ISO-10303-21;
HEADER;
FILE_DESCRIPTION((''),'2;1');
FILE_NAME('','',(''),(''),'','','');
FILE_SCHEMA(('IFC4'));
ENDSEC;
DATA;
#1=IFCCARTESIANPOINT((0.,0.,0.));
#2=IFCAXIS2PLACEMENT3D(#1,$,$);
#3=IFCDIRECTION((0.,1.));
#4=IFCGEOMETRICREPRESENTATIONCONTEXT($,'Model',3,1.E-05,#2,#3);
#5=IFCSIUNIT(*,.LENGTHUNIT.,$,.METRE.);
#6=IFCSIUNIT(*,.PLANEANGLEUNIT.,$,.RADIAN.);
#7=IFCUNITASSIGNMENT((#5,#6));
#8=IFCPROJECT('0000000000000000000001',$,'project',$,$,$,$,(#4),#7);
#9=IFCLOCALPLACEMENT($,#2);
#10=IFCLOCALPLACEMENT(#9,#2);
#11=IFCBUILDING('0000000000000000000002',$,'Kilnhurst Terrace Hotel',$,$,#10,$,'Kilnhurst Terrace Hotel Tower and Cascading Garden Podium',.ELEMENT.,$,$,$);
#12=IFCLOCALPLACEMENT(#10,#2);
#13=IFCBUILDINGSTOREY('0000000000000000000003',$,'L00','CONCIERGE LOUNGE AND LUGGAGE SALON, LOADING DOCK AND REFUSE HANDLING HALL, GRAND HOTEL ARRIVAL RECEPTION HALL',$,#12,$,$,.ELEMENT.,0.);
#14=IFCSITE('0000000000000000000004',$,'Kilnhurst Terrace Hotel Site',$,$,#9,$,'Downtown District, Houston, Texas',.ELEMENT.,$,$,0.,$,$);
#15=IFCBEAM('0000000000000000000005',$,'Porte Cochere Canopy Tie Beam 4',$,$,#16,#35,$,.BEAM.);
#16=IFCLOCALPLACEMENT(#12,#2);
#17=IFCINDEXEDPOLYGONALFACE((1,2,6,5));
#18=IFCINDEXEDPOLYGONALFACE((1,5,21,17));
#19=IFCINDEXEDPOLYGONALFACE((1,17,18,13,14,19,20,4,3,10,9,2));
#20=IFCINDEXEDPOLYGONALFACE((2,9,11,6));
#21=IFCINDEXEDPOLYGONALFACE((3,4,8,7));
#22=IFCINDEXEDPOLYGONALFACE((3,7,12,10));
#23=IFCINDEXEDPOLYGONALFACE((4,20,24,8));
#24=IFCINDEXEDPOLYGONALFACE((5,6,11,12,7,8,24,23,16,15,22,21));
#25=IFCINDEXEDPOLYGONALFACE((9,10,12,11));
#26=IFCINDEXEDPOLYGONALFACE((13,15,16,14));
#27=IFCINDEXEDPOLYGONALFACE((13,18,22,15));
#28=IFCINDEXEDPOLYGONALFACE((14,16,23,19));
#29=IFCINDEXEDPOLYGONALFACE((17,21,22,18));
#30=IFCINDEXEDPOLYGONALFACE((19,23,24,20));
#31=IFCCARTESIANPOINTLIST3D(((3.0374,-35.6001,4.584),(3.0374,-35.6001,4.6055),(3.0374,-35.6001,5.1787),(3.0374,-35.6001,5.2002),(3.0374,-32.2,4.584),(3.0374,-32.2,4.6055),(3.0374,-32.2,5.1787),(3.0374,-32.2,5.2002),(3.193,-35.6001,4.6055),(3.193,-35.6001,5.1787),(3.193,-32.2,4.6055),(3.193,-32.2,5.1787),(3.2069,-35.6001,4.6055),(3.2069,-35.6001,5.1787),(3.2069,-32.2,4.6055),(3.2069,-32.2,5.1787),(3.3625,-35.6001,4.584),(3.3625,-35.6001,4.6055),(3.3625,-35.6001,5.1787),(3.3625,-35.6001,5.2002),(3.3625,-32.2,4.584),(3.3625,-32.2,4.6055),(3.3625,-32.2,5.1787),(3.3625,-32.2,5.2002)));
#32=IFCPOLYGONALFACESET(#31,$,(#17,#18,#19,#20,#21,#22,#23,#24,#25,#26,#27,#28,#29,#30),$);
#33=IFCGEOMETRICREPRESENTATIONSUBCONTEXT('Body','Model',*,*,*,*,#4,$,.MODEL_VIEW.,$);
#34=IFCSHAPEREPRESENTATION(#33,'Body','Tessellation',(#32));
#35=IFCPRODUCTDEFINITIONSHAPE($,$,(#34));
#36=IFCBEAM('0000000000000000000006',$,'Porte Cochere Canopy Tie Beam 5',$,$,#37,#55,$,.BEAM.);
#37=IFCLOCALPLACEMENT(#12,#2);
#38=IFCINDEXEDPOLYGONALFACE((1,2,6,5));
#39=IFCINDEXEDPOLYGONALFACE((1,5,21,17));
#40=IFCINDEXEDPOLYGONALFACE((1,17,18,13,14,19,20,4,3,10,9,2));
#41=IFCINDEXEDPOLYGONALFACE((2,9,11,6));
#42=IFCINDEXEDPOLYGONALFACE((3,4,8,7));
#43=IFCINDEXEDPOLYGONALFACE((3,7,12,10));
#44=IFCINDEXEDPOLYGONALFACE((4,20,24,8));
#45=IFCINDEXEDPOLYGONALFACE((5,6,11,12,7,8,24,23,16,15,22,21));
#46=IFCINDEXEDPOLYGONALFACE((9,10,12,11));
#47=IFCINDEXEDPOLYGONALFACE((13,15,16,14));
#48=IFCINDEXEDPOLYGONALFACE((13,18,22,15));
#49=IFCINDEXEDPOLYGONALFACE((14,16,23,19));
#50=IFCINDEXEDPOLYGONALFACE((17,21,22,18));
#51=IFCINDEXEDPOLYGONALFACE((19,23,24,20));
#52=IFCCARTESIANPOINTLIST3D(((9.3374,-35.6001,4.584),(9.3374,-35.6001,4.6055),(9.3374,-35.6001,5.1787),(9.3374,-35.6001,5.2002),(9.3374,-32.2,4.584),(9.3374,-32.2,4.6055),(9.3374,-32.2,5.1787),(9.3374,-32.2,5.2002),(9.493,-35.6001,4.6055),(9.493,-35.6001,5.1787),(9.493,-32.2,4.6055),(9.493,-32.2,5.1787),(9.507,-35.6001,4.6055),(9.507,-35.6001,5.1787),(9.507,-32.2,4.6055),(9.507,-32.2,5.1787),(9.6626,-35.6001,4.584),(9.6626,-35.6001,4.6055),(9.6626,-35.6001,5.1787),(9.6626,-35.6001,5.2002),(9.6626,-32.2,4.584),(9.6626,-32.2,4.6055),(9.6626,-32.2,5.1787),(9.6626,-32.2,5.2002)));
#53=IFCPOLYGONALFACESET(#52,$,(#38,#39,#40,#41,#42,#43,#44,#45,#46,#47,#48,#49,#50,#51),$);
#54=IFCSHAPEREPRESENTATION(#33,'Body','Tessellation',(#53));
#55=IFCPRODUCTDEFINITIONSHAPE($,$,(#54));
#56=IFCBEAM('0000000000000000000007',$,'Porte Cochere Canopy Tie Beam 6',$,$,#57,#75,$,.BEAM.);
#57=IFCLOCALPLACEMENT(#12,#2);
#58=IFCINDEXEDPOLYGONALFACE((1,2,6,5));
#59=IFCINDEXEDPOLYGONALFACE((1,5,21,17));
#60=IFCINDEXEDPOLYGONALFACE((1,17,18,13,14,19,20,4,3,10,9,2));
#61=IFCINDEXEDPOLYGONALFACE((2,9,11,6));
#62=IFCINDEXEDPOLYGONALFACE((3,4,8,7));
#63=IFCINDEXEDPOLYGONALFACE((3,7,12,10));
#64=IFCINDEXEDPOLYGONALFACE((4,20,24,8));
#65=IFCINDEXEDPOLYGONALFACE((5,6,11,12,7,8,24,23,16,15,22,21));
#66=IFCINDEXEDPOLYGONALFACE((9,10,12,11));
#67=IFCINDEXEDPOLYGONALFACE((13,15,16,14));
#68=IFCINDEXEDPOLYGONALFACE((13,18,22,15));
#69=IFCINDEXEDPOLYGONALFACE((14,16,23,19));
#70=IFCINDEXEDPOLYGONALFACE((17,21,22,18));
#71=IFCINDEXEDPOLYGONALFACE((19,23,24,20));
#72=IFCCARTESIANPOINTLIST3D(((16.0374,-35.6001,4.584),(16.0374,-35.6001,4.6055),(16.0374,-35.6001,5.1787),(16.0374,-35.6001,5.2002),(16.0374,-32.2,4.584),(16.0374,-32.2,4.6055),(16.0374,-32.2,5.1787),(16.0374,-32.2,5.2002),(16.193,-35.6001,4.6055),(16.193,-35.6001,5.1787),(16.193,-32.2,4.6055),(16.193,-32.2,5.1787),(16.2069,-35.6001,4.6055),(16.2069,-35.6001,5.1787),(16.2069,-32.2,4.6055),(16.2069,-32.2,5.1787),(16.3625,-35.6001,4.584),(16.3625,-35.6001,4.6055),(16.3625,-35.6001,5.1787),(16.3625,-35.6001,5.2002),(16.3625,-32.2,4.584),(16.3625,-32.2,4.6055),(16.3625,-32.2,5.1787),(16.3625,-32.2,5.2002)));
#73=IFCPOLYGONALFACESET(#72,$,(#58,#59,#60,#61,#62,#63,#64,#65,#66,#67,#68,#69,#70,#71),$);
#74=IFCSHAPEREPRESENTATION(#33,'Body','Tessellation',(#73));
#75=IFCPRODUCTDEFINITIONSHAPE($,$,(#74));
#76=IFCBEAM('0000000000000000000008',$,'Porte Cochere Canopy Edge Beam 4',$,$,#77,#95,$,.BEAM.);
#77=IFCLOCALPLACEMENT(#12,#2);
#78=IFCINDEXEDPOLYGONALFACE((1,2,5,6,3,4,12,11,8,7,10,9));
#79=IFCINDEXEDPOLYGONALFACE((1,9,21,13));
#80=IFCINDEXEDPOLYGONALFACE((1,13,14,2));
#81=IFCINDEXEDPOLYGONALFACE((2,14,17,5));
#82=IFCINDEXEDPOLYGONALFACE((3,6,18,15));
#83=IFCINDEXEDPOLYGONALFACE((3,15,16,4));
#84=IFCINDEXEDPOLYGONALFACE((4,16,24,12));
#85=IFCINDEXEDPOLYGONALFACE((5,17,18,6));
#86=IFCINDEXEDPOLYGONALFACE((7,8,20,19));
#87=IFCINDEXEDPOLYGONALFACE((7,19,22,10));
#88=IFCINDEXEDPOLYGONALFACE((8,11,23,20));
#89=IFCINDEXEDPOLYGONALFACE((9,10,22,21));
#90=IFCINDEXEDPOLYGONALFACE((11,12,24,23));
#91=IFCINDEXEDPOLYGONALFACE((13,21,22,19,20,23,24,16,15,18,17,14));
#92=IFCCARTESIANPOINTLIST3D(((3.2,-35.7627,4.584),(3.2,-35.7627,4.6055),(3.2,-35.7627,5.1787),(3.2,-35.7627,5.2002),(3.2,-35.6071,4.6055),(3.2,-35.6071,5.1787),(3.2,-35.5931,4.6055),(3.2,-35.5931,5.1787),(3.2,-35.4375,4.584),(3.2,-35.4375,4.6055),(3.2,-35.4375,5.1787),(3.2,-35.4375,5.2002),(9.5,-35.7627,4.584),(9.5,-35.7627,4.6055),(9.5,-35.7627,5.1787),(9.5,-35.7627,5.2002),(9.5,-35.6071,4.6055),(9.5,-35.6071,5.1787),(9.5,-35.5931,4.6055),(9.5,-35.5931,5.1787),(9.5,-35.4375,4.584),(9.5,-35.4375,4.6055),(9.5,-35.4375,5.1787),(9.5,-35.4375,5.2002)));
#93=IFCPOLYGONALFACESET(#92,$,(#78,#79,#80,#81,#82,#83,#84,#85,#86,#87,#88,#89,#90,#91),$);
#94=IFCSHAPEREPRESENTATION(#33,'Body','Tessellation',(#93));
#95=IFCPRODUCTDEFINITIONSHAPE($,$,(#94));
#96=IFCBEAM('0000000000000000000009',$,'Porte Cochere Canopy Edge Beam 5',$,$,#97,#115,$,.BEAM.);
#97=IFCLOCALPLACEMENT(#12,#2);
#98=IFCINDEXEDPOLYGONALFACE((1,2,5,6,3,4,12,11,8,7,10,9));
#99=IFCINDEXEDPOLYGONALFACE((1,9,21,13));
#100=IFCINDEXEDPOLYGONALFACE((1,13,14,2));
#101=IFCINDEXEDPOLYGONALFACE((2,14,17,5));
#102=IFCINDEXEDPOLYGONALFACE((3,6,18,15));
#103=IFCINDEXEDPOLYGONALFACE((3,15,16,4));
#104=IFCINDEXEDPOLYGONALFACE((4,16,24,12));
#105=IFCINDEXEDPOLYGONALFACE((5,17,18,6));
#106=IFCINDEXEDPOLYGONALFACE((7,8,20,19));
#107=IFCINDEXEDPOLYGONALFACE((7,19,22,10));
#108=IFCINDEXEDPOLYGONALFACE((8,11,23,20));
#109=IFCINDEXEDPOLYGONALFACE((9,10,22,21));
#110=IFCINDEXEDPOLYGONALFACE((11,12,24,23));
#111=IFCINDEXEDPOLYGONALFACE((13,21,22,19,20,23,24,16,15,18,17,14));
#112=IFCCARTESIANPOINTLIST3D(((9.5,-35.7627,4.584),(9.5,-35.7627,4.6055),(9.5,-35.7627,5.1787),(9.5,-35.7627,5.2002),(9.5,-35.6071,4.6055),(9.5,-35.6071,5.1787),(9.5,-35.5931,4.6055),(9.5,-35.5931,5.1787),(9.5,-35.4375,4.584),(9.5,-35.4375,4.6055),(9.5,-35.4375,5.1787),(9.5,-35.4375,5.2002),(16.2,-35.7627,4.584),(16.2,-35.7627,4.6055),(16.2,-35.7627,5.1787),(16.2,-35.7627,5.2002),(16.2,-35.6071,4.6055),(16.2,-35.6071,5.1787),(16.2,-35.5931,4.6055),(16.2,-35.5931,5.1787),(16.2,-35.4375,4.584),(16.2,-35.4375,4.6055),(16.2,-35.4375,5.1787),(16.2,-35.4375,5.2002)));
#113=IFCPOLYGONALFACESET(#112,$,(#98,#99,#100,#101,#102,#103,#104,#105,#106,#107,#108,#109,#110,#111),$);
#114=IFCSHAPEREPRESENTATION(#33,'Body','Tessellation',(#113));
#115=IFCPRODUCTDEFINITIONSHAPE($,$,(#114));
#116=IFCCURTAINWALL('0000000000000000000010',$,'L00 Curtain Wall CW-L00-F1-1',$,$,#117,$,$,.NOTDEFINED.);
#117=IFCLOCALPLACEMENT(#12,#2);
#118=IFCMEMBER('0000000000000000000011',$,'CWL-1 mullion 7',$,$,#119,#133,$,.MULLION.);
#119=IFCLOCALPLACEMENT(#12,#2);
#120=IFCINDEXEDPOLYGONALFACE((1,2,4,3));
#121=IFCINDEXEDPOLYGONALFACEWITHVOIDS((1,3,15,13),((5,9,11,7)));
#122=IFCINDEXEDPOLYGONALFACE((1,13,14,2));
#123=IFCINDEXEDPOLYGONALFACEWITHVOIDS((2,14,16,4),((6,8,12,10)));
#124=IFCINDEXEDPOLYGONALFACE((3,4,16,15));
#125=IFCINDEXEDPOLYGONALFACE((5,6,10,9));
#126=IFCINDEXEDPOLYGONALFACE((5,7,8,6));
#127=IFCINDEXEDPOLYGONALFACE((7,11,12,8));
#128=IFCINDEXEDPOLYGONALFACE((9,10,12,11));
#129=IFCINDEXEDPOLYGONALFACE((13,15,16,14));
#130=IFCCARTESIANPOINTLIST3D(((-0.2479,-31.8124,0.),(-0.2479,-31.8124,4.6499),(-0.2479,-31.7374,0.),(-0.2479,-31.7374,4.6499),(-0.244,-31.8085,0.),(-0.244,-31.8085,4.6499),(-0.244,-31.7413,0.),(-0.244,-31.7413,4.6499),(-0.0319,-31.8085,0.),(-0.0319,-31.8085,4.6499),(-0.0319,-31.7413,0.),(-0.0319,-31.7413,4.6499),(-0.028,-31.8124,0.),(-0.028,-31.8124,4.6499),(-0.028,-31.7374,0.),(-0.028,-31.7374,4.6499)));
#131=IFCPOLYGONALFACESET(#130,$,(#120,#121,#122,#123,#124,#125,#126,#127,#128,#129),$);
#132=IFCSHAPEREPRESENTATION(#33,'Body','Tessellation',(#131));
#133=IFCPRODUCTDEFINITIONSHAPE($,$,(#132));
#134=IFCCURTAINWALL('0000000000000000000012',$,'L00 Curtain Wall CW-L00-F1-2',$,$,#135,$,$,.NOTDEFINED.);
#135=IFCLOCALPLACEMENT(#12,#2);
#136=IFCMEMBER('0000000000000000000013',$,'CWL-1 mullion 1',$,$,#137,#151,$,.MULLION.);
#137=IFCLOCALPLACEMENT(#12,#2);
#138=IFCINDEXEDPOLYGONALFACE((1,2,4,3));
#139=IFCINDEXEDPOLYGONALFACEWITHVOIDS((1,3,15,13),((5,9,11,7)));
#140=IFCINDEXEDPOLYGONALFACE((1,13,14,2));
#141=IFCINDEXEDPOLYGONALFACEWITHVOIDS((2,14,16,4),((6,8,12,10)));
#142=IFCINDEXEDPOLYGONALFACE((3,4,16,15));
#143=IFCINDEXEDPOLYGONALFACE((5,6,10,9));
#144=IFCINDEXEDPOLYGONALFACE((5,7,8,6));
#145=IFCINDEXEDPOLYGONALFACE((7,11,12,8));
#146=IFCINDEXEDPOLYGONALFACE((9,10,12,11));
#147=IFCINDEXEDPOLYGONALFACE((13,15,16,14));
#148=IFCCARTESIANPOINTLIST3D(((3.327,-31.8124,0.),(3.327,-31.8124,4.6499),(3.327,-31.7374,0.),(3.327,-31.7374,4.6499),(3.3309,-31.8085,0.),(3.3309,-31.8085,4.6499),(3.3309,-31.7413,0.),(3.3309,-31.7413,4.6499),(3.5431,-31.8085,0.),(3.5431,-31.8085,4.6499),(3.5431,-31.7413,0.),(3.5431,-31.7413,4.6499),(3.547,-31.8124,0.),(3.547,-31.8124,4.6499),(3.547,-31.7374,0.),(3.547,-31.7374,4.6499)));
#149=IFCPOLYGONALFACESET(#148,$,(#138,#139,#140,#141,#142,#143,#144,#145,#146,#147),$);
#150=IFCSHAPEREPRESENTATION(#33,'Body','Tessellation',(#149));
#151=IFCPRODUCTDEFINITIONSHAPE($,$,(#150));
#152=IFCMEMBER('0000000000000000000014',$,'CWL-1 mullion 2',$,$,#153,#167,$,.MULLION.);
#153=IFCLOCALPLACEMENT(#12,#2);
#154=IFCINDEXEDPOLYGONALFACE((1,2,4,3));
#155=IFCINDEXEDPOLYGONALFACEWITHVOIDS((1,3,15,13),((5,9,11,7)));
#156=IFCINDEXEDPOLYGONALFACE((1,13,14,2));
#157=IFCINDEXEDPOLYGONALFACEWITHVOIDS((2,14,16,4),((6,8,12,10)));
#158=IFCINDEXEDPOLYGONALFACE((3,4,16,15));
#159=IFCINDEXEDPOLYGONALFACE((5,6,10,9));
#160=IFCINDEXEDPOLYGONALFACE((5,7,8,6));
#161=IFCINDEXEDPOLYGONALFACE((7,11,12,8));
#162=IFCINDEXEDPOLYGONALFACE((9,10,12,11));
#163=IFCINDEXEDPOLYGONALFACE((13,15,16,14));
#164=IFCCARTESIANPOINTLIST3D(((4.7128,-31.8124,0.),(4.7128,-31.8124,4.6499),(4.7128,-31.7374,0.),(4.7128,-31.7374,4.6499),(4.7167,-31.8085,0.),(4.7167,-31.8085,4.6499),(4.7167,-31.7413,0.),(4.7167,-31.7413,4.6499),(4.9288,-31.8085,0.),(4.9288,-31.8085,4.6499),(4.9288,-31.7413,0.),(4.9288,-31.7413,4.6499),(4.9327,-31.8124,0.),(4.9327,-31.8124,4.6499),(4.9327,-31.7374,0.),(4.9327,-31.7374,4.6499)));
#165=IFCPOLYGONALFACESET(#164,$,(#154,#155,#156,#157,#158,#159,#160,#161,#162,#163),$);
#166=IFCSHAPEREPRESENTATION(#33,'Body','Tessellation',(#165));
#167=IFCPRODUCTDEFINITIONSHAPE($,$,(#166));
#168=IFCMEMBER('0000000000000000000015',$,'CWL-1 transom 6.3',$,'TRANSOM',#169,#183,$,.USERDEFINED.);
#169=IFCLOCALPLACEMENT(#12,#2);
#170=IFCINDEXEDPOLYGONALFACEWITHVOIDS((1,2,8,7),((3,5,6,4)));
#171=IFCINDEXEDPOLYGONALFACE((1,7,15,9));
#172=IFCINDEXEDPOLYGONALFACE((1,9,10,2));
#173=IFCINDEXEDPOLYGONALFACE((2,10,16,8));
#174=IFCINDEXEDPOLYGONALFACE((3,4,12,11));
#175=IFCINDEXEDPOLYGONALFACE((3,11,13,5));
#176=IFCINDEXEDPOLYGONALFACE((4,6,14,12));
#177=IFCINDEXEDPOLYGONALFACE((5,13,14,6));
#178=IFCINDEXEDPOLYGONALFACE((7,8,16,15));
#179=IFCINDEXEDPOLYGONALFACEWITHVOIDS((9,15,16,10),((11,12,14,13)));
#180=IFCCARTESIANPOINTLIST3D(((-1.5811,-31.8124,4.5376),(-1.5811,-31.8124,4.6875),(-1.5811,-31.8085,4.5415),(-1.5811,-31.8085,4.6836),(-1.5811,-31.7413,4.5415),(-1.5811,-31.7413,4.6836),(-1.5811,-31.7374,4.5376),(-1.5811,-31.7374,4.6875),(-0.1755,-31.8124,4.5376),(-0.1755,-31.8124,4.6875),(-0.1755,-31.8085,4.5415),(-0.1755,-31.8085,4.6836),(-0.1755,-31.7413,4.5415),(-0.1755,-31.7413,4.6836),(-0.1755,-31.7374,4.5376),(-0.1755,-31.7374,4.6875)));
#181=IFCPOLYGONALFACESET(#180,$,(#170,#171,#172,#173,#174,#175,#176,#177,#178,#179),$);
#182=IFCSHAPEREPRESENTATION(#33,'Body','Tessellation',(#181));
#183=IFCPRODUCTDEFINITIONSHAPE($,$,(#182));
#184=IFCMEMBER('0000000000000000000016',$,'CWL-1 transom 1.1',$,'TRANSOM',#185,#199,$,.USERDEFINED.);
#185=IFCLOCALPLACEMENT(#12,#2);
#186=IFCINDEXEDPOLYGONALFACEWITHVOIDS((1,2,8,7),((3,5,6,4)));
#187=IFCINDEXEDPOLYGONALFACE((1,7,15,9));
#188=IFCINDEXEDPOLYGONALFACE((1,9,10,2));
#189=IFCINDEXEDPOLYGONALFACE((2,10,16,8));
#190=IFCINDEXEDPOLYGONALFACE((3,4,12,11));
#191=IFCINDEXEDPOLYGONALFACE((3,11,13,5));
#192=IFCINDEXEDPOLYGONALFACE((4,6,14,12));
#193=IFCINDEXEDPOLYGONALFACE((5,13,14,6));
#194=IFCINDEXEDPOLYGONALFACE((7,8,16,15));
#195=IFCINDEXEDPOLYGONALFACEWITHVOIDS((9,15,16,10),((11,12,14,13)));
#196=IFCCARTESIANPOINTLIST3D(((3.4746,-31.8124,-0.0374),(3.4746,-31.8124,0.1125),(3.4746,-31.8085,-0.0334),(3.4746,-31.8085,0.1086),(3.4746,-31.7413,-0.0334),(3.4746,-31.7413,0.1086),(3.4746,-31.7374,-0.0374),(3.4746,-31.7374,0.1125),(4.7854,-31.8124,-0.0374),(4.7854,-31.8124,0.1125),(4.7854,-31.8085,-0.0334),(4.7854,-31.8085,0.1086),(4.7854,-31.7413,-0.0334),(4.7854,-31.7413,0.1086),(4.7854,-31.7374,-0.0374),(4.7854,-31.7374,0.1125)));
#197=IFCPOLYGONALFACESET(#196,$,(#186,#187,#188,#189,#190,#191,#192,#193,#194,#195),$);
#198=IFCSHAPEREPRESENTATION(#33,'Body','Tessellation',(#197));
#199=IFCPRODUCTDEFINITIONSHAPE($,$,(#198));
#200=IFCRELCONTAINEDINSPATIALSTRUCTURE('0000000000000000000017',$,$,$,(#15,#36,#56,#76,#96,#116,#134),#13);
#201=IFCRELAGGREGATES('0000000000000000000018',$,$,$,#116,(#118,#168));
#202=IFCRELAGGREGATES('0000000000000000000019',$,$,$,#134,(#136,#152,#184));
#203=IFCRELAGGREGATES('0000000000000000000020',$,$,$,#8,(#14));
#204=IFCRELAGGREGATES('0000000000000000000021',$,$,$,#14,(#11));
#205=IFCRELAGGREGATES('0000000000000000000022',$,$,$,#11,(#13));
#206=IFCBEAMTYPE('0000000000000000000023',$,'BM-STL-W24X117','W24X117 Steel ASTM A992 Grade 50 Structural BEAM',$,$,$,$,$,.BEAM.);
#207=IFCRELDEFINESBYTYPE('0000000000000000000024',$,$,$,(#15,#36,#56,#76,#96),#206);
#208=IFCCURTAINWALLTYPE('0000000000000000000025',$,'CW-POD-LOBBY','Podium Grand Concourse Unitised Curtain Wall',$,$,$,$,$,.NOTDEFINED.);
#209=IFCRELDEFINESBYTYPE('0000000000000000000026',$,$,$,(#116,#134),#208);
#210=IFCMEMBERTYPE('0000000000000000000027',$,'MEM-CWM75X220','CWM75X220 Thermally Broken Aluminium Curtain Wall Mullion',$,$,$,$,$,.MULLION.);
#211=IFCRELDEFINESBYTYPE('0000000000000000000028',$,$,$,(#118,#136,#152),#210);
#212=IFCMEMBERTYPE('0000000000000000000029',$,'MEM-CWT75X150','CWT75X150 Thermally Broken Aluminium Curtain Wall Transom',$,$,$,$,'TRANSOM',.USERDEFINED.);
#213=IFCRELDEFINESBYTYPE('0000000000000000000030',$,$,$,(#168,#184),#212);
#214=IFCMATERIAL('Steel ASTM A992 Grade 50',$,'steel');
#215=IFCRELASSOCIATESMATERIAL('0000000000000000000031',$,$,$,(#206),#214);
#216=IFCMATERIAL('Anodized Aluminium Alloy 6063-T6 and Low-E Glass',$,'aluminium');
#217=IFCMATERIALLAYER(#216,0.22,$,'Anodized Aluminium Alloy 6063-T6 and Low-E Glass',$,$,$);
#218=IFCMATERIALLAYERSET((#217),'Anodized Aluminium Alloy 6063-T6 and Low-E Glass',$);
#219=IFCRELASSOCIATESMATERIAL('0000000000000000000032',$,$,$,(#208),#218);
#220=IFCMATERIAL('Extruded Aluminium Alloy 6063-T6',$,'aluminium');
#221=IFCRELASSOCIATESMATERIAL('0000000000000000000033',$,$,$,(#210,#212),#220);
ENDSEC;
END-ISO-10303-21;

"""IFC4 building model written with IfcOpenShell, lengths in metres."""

from ifc_helpers import new_model, si_unit, direction, frame, origin, origin_2d, place, context, subcontext, project, spatial, hollow_rectangle, i_section, extrude, material, layer, layer_set, material_profile, profile_set, type_object, element, aggregate, save


model = new_model("IFC4")

# Units and contexts
model_context = context("Model", 3, precision=1e-05, world=origin(), true_north=direction((0.0, 1.0)))
body_context = subcontext(model_context, "Body", "Model", "MODEL_VIEW")
ifc_project = project(units=[si_unit("LENGTHUNIT", "METRE"), si_unit("PLANEANGLEUNIT", "RADIAN")], contexts=[model_context])

# Site, building, storey
site_placement = place(None, origin())
site = spatial("IfcSite", under=ifc_project, at=site_placement, Name="Kilnhurst Terrace Hotel Site", LongName="Downtown District, Houston, Texas", CompositionType="ELEMENT", RefElevation=0.0)
building_placement = place(site_placement, origin())
building = spatial("IfcBuilding", under=site, at=building_placement, Name="Kilnhurst Terrace Hotel", LongName="Kilnhurst Terrace Hotel Tower and Cascading Garden Podium", CompositionType="ELEMENT")
storey_placement = place(building_placement, origin())
storey = spatial("IfcBuildingStorey", under=building, at=storey_placement, Name="L00", Description="CONCIERGE LOUNGE AND LUGGAGE SALON, LOADING DOCK AND REFUSE HANDLING HALL, GRAND HOTEL ARRIVAL RECEPTION HALL", CompositionType="ELEMENT", Elevation=0.0)

# Beams
ifc_material_1 = material(Name="Steel ASTM A992 Grade 50", Category="steel")
ifc_material_profile_1 = material_profile(ifc_material_1, i_section(OverallWidth=0.3252, OverallDepth=0.6162, WebThickness=0.0139, FlangeThickness=0.0215, at=origin_2d()), Name="W24X117")
ifc_profile_set_1 = profile_set([ifc_material_profile_1], Name="Steel ASTM A992 Grade 50")
beam_type = type_object("IfcBeamType", Name="BM-STL-W24X117", Description="W24X117 Steel ASTM A992 Grade 50 Structural BEAM", PredefinedType="BEAM", material=ifc_profile_set_1)
for number, where, z_axis, x_axis, name in (
    (1, (3.2, -35.6001, 4.8921), (0.0, 1.0, 0.0), (-1.0, 0.0, 0.0), "Porte Cochere Canopy Tie Beam 4"),
    (2, (9.5, -35.6001, 4.8921), (0.0, 1.0, 0.0), (-1.0, 0.0, 0.0), "Porte Cochere Canopy Tie Beam 5"),
    (3, (16.2, -35.6001, 4.8921), (0.0, 1.0, 0.0), (-1.0, 0.0, 0.0), "Porte Cochere Canopy Tie Beam 6"),
):
    element("IfcBeam", number, at=place(storey_placement, frame(where, z_axis=z_axis, x_axis=x_axis)), inside=storey, type_object=beam_type, Name=name, PredefinedType="BEAM", context=body_context, shape_type="SweptSolid", body=[
        extrude(i_section(OverallWidth=0.3252, OverallDepth=0.6162, WebThickness=0.0139, FlangeThickness=0.0215, at=origin_2d()), origin(), (0.0, 0.0, 1.0), 3.4001),
    ])
beam_1_placement = place(storey_placement, frame((3.2, -35.6001, 4.8921), z_axis=(1.0, 0.0, 0.0), x_axis=(0.0, 1.0, 0.0)))
element("IfcBeam", 4, at=beam_1_placement, inside=storey, type_object=beam_type, Name="Porte Cochere Canopy Edge Beam 4", PredefinedType="BEAM", context=body_context, shape_type="SweptSolid", body=[
    extrude(i_section(OverallWidth=0.3252, OverallDepth=0.6162, WebThickness=0.0139, FlangeThickness=0.0215, at=origin_2d()), origin(), (0.0, 0.0, 1.0), 6.3),
])
beam_2_placement = place(storey_placement, frame((9.5, -35.6001, 4.8921), z_axis=(1.0, 0.0, 0.0), x_axis=(0.0, 1.0, 0.0)))
element("IfcBeam", 5, at=beam_2_placement, inside=storey, type_object=beam_type, Name="Porte Cochere Canopy Edge Beam 5", PredefinedType="BEAM", context=body_context, shape_type="SweptSolid", body=[
    extrude(i_section(OverallWidth=0.3252, OverallDepth=0.6162, WebThickness=0.0139, FlangeThickness=0.0215, at=origin_2d()), origin(), (0.0, 0.0, 1.0), 6.7),
])

# Curtain wall, member
ifc_material_2 = material(Name="Anodized Aluminium Alloy 6063-T6 and Low-E Glass", Category="aluminium")
ifc_layer_1 = layer(ifc_material_2, 0.22, Name="Anodized Aluminium Alloy 6063-T6 and Low-E Glass")
ifc_layer_set_1 = layer_set([ifc_layer_1], Name="Anodized Aluminium Alloy 6063-T6 and Low-E Glass")
curtain_wall_type = type_object("IfcCurtainWallType", Name="CW-POD-LOBBY", Description="Podium Grand Concourse Unitised Curtain Wall", PredefinedType="NOTDEFINED", material=ifc_layer_set_1)
curtain_wall_1_placement = place(storey_placement, origin())
curtain_wall_1 = element("IfcCurtainWall", 6, at=curtain_wall_1_placement, inside=storey, type_object=curtain_wall_type, Name="L00 Curtain Wall CW-L00-F1-1", PredefinedType="NOTDEFINED")
ifc_material_3 = material(Name="Extruded Aluminium Alloy 6063-T6", Category="aluminium")
ifc_material_profile_2 = material_profile(ifc_material_3, hollow_rectangle(XDim=0.075, YDim=0.22, WallThickness=0.0039, at=origin_2d()), Name="CWM75X220")
ifc_profile_set_2 = profile_set([ifc_material_profile_2], Name="Extruded Aluminium Alloy 6063-T6")
member_type_1 = type_object("IfcMemberType", Name="MEM-CWM75X220", Description="CWM75X220 Thermally Broken Aluminium Curtain Wall Mullion", PredefinedType="MULLION", material=ifc_profile_set_2)
member_1_placement = place(storey_placement, frame((-0.1379, -31.7749, 0.0), z_axis=(0.0, 0.0, 1.0), x_axis=(0.0, 1.0, 0.0)))
member_1 = element("IfcMember", 7, at=member_1_placement, type_object=member_type_1, Name="CWL-1 mullion 7", PredefinedType="MULLION", context=body_context, shape_type="SweptSolid", body=[
    extrude(hollow_rectangle(XDim=0.075, YDim=0.22, WallThickness=0.0039, at=origin_2d()), origin(), (0.0, 0.0, 1.0), 4.6499),
])

# Curtain wall, members
curtain_wall_2_placement = place(storey_placement, origin())
curtain_wall_2 = element("IfcCurtainWall", 8, at=curtain_wall_2_placement, inside=storey, type_object=curtain_wall_type, Name="L00 Curtain Wall CW-L00-F1-2", PredefinedType="NOTDEFINED")
member_2_placement = place(storey_placement, frame((3.437, -31.7749, 0.0), z_axis=(0.0, 0.0, 1.0), x_axis=(0.0, 1.0, 0.0)))
member_2 = element("IfcMember", 9, at=member_2_placement, type_object=member_type_1, Name="CWL-1 mullion 1", PredefinedType="MULLION", context=body_context, shape_type="SweptSolid", body=[
    extrude(hollow_rectangle(XDim=0.075, YDim=0.22, WallThickness=0.0039, at=origin_2d()), origin(), (0.0, 0.0, 1.0), 4.6499),
])
member_3_placement = place(storey_placement, frame((4.8228, -31.7749, 0.0), z_axis=(0.0, 0.0, 1.0), x_axis=(0.0, 1.0, 0.0)))
member_3 = element("IfcMember", 10, at=member_3_placement, type_object=member_type_1, Name="CWL-1 mullion 2", PredefinedType="MULLION", context=body_context, shape_type="SweptSolid", body=[
    extrude(hollow_rectangle(XDim=0.075, YDim=0.22, WallThickness=0.0039, at=origin_2d()), origin(), (0.0, 0.0, 1.0), 4.6499),
])

# Members
ifc_material_profile_3 = material_profile(ifc_material_3, hollow_rectangle(XDim=0.075, YDim=0.1499, WallThickness=0.0039, at=origin_2d()), Name="CWT75X150")
ifc_profile_set_3 = profile_set([ifc_material_profile_3], Name="Extruded Aluminium Alloy 6063-T6")
member_type_2 = type_object("IfcMemberType", Name="MEM-CWT75X150", Description="CWT75X150 Thermally Broken Aluminium Curtain Wall Transom", ElementType="TRANSOM", PredefinedType="USERDEFINED", material=ifc_profile_set_3)
member_4_placement = place(storey_placement, frame((-1.5811, -31.7749, 4.6125), z_axis=(1.0, 0.0, 0.0), x_axis=(0.0, 1.0, 0.0)))
member_4 = element("IfcMember", 11, at=member_4_placement, type_object=member_type_2, Name="CWL-1 transom 6.3", ObjectType="TRANSOM", PredefinedType="USERDEFINED", context=body_context, shape_type="SweptSolid", body=[
    extrude(hollow_rectangle(XDim=0.075, YDim=0.1499, WallThickness=0.0039, at=origin_2d()), origin(), (0.0, 0.0, 1.0), 1.4055),
])
member_5_placement = place(storey_placement, frame((3.4746, -31.7749, 0.0376), z_axis=(1.0, 0.0, 0.0), x_axis=(0.0, 1.0, 0.0)))
member_5 = element("IfcMember", 12, at=member_5_placement, type_object=member_type_2, Name="CWL-1 transom 1.1", ObjectType="TRANSOM", PredefinedType="USERDEFINED", context=body_context, shape_type="SweptSolid", body=[
    extrude(hollow_rectangle(XDim=0.075, YDim=0.1499, WallThickness=0.0039, at=origin_2d()), origin(), (0.0, 0.0, 1.0), 1.3108),
])

aggregate(curtain_wall_1, [member_1, member_4])
aggregate(curtain_wall_2, [member_2, member_3, member_5])

save(model, "model.ifc")
